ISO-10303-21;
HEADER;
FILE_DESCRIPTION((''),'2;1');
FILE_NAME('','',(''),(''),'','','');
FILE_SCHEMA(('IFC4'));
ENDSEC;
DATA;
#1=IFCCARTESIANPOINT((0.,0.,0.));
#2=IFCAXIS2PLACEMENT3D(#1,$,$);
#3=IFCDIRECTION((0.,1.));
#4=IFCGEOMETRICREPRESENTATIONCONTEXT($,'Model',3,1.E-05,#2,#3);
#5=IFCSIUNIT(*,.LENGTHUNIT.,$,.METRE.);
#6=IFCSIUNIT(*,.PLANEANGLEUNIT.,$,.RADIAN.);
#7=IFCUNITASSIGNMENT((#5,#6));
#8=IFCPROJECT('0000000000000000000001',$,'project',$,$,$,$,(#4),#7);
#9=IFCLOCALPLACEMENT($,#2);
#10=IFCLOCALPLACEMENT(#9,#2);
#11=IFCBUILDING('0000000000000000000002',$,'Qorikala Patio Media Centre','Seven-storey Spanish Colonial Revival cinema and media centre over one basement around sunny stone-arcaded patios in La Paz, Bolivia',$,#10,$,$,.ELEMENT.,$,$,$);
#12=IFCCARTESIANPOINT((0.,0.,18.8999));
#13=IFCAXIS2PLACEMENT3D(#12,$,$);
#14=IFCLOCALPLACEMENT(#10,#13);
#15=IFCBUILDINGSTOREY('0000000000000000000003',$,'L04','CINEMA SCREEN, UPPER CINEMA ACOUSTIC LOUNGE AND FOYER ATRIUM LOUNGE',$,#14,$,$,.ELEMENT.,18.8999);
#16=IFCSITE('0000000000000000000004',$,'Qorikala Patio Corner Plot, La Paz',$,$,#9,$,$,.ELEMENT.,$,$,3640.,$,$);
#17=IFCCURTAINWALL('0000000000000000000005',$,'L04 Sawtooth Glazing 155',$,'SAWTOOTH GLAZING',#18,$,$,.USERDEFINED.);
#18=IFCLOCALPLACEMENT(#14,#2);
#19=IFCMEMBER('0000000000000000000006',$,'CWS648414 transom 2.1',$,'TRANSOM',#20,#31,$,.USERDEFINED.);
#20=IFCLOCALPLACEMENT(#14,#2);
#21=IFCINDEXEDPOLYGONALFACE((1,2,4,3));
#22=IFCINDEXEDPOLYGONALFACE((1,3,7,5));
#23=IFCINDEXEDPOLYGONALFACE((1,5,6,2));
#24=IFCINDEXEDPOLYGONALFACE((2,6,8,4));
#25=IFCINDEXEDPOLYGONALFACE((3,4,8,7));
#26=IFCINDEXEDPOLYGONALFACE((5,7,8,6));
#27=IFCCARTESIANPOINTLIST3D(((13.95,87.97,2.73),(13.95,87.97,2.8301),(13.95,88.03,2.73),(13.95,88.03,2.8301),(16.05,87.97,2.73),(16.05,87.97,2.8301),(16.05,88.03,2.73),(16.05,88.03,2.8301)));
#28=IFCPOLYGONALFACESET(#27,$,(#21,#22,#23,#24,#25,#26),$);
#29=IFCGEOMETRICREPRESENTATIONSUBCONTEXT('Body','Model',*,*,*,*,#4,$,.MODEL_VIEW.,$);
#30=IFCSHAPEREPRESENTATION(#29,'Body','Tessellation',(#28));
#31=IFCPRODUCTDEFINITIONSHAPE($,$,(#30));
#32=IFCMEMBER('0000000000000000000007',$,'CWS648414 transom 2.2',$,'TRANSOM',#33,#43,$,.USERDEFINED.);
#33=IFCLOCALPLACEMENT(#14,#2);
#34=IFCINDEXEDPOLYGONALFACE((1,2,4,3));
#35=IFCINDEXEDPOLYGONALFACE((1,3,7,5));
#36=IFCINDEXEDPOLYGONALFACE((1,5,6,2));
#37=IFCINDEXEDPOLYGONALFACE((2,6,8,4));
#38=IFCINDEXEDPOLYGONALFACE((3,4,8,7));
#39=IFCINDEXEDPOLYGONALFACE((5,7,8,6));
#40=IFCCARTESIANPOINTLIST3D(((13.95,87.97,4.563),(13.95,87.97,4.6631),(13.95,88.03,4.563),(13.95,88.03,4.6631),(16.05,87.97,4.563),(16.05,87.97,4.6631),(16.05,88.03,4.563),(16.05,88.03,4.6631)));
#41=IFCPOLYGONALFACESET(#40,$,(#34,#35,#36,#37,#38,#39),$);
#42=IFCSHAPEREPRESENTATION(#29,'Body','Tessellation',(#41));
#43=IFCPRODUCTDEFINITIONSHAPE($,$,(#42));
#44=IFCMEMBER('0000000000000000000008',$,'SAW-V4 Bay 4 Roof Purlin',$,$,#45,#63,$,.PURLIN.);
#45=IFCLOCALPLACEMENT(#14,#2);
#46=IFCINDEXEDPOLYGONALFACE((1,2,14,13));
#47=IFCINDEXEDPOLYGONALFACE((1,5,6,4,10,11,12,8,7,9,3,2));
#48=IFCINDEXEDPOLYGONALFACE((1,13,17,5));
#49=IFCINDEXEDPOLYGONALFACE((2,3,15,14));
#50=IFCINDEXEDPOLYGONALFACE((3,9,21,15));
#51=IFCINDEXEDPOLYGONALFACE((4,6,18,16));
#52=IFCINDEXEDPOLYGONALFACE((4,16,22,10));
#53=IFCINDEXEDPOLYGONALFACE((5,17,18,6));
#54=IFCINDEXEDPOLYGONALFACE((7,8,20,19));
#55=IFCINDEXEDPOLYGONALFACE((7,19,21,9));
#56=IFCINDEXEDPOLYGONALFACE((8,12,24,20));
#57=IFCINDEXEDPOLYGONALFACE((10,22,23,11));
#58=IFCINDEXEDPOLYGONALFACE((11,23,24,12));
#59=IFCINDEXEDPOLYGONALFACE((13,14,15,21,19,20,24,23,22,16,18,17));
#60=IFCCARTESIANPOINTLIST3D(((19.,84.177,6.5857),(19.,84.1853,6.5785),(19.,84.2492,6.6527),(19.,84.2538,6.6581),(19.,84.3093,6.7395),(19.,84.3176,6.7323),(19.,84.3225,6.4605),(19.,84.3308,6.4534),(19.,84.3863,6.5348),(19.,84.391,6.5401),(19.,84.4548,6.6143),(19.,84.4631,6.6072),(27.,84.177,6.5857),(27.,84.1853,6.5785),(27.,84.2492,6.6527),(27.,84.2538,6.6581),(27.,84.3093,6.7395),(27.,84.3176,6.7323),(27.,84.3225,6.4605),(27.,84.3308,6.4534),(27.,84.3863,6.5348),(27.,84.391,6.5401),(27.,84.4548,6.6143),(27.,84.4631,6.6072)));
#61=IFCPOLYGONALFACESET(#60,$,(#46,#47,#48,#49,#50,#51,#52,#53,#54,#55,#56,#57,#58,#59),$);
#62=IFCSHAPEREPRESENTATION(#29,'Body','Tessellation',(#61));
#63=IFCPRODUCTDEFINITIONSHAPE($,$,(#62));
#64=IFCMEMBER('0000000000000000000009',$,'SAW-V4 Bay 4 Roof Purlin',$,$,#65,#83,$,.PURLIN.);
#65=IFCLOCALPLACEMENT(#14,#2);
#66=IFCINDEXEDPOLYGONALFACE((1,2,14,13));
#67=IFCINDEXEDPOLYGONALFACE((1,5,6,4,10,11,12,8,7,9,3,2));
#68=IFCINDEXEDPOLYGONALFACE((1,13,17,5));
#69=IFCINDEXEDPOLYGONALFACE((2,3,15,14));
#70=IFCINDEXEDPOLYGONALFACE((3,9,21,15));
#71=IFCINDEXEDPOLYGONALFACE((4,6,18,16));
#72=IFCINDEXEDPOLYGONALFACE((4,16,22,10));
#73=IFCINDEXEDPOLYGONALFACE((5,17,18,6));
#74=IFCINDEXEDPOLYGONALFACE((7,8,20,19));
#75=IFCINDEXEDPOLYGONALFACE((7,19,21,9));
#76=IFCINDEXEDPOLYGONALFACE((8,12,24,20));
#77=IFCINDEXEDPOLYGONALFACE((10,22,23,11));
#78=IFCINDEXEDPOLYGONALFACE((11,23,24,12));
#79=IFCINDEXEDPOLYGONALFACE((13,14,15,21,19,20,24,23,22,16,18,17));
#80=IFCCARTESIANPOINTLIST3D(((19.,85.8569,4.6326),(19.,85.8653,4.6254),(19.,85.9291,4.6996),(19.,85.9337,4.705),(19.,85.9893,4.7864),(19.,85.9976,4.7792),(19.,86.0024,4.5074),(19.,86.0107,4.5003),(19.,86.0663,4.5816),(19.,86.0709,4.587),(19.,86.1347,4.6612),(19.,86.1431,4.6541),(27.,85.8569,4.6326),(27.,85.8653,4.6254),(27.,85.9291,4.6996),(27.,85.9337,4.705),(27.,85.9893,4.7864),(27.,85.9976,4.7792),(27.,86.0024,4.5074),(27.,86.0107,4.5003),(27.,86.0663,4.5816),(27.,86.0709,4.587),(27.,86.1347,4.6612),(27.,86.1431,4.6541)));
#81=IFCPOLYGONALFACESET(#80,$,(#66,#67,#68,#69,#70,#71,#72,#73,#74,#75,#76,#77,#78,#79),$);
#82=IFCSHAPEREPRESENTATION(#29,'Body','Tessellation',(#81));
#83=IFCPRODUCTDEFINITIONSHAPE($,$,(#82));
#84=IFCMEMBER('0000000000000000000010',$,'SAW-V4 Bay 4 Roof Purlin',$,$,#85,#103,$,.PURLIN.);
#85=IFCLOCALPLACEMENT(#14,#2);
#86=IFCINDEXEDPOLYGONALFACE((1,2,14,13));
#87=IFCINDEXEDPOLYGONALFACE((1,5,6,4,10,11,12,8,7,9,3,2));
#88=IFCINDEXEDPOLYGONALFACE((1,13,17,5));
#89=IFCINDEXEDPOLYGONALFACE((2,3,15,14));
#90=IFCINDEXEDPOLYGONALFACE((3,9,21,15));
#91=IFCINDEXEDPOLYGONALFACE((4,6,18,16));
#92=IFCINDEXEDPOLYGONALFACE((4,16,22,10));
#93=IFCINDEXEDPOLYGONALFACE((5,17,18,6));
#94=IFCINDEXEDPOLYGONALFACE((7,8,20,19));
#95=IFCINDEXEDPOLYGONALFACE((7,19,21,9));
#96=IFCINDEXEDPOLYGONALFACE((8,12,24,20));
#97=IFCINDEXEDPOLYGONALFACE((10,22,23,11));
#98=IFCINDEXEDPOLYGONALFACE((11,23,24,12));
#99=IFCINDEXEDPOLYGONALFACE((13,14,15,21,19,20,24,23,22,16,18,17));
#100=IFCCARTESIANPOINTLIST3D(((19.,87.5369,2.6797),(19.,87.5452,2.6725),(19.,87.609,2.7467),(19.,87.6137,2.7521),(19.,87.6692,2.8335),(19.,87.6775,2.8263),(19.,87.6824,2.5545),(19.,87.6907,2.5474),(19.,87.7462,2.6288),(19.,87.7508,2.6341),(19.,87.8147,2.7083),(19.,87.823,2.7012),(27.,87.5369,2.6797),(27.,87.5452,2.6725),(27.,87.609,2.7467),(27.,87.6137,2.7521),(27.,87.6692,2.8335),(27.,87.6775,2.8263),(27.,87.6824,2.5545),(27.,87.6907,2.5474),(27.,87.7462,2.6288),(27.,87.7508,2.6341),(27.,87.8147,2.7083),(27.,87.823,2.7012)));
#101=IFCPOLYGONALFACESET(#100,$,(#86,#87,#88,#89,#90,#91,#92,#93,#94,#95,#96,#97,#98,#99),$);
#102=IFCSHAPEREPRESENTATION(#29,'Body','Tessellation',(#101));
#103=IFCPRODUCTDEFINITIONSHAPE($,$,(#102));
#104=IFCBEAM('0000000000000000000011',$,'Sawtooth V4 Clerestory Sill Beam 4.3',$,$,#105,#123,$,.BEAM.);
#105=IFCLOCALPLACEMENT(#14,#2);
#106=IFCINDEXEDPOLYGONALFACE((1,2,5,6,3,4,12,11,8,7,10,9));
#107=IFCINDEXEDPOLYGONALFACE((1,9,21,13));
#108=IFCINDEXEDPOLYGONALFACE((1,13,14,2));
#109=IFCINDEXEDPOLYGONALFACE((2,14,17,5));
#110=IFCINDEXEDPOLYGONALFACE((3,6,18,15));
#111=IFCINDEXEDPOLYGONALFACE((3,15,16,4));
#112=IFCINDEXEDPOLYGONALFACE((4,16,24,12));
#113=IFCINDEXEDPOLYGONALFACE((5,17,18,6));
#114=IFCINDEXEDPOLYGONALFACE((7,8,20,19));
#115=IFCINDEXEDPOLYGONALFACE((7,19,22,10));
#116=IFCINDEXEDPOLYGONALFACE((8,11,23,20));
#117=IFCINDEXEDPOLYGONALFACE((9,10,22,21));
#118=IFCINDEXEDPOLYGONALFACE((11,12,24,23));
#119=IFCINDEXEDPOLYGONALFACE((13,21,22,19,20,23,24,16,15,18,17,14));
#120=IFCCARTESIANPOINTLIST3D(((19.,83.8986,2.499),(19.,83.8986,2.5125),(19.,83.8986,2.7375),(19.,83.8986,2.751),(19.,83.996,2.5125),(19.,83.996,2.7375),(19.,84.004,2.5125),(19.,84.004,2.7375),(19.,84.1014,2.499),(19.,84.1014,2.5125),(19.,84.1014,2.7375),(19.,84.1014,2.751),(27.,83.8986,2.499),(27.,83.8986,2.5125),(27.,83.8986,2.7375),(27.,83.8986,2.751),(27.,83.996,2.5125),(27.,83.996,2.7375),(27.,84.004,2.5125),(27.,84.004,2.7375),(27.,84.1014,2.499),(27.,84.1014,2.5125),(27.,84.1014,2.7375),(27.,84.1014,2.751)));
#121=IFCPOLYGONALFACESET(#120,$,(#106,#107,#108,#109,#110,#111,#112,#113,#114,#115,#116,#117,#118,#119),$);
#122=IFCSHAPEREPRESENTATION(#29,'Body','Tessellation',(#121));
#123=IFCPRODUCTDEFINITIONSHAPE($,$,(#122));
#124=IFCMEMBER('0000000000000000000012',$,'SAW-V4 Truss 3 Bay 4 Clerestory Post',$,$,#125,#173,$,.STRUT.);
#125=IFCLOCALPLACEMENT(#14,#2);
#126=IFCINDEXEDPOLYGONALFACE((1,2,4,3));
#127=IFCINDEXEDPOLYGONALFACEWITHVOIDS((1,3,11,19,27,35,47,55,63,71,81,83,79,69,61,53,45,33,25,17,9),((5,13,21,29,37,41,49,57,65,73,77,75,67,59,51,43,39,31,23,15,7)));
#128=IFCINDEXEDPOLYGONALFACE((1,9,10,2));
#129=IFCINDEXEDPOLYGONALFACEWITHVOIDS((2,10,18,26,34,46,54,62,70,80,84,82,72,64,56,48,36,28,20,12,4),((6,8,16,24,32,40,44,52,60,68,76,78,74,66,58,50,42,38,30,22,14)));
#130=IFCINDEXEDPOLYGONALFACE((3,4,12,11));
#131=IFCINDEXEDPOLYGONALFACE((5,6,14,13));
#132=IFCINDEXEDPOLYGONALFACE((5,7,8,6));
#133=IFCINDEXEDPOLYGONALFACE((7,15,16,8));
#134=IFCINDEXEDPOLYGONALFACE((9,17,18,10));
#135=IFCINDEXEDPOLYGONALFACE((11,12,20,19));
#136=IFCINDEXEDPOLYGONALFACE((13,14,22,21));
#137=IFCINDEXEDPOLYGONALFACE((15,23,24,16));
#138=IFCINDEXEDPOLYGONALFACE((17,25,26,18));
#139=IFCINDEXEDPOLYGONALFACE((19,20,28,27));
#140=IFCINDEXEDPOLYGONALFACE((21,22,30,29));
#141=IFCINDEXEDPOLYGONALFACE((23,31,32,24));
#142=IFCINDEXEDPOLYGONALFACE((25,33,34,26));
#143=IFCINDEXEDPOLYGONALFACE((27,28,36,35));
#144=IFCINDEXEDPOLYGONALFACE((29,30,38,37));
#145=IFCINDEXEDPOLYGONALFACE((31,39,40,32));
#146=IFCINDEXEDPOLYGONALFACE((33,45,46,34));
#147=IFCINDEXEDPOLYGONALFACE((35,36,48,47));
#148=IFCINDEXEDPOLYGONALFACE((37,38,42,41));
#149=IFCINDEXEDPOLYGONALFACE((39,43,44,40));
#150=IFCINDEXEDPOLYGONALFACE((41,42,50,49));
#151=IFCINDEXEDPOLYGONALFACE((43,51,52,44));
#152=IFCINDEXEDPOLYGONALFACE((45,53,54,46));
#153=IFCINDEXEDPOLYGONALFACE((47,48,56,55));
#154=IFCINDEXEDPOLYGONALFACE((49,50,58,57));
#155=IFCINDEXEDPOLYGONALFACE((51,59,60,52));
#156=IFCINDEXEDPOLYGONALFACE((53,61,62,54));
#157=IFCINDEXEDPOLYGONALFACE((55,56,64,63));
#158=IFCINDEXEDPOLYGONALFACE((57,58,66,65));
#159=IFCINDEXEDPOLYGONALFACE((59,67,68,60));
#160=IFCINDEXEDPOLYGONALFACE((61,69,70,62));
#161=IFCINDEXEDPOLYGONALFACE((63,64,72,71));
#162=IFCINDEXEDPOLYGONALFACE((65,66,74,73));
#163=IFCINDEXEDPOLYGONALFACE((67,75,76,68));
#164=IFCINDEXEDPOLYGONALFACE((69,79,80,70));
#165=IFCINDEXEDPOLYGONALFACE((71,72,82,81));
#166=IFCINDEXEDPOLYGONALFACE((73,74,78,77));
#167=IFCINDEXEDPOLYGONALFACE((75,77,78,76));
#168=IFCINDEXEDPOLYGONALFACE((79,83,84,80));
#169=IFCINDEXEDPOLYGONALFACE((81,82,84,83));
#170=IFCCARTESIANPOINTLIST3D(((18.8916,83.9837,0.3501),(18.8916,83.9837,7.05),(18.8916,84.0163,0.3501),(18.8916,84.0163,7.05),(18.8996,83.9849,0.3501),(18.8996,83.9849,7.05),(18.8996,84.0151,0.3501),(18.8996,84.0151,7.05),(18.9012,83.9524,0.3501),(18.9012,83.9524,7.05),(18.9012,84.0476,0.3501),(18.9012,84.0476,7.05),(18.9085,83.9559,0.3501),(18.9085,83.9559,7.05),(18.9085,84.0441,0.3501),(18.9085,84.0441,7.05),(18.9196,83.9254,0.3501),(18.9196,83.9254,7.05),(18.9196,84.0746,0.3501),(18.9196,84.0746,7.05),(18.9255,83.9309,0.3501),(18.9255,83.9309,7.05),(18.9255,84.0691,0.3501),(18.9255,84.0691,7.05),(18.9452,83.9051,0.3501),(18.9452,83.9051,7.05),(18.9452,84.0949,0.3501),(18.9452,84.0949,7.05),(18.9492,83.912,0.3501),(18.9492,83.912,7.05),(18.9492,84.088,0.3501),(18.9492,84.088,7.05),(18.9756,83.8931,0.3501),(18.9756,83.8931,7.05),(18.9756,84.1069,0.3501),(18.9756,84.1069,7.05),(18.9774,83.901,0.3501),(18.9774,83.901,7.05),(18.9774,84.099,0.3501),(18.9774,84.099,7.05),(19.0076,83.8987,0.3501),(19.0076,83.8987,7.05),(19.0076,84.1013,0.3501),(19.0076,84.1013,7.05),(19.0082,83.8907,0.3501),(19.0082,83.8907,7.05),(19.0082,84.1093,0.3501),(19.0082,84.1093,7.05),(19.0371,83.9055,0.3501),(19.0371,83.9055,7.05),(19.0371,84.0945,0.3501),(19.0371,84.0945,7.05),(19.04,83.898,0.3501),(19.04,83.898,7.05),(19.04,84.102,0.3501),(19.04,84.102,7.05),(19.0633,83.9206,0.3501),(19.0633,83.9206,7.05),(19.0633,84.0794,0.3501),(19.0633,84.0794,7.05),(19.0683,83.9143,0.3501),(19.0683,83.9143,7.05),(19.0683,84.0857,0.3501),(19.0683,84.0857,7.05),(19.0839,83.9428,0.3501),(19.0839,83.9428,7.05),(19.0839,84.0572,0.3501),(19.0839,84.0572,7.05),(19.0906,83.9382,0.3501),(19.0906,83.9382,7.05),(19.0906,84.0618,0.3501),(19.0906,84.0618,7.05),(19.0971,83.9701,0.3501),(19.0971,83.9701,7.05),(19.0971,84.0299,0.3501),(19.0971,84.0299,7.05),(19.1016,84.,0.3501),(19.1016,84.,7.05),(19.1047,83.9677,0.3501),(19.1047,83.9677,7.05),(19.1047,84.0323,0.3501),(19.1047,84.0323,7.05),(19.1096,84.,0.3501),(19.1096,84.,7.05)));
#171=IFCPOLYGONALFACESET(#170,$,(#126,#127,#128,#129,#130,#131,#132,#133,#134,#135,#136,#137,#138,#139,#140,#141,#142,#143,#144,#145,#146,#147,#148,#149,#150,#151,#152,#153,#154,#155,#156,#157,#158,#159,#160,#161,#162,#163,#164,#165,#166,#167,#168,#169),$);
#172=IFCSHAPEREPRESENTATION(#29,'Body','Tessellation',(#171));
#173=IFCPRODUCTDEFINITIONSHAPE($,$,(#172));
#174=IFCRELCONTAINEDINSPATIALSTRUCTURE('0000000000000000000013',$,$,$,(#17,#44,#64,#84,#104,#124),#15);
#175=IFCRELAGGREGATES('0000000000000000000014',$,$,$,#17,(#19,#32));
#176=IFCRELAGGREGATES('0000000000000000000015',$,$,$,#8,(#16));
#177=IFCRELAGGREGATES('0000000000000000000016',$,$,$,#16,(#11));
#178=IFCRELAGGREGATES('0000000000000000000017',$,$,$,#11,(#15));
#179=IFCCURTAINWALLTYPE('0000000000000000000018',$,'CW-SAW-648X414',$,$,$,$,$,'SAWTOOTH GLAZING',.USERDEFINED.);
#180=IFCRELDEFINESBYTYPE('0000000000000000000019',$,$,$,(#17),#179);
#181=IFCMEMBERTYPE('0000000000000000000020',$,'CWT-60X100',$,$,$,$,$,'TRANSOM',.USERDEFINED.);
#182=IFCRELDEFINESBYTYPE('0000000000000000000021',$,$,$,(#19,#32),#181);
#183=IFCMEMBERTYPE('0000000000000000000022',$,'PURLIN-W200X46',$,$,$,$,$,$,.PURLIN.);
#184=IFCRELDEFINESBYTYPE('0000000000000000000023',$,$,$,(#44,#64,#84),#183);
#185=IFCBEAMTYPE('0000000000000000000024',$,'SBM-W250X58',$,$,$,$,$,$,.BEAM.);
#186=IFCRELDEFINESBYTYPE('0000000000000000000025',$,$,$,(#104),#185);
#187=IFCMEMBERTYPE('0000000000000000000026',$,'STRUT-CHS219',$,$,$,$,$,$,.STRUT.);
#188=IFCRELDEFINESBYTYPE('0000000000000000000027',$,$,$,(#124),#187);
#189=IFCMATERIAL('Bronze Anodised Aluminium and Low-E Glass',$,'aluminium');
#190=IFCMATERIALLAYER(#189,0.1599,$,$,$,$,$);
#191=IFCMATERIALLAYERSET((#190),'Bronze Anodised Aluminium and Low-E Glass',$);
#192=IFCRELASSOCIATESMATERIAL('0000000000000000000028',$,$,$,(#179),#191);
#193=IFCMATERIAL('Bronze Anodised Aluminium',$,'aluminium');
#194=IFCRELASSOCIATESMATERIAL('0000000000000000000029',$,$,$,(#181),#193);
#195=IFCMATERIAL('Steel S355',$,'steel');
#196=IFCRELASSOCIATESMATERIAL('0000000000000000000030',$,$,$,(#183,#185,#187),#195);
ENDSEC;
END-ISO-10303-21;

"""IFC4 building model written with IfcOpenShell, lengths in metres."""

from ifc_helpers import new_model, si_unit, direction, frame, origin, origin_2d, place, context, subcontext, project, spatial, rectangle, hollow_circle, i_section, extrude, material, layer, layer_set, material_profile, profile_set, type_object, element, aggregate, save


model = new_model("IFC4")

# Units and contexts
model_context = context("Model", 3, precision=1e-05, world=origin(), true_north=direction((0.0, 1.0)))
body_context = subcontext(model_context, "Body", "Model", "MODEL_VIEW")
ifc_project = project(units=[si_unit("LENGTHUNIT", "METRE"), si_unit("PLANEANGLEUNIT", "RADIAN")], contexts=[model_context])

# Site, building, storey
site_placement = place(None, origin())
site = spatial("IfcSite", under=ifc_project, at=site_placement, Name="Qorikala Patio Corner Plot, La Paz", CompositionType="ELEMENT", RefElevation=3640.0)
building_placement = place(site_placement, origin())
building = spatial("IfcBuilding", under=site, at=building_placement, Name="Qorikala Patio Media Centre", Description="Seven-storey Spanish Colonial Revival cinema and media centre over one basement around sunny stone-arcaded patios in La Paz, Bolivia", CompositionType="ELEMENT")
storey_placement = place(building_placement, frame((0.0, 0.0, 18.8999)))
storey = spatial("IfcBuildingStorey", under=building, at=storey_placement, Name="L04", Description="CINEMA SCREEN, UPPER CINEMA ACOUSTIC LOUNGE AND FOYER ATRIUM LOUNGE", CompositionType="ELEMENT", Elevation=18.8999)

# Shared definitions
ifc_material_1 = material(Name="Steel S355", Category="steel")

# Shared definitions
ifc_material_2 = material(Name="Bronze Anodised Aluminium and Low-E Glass", Category="aluminium")
ifc_material_3 = material(Name="Bronze Anodised Aluminium", Category="aluminium")

# Curtain wall
ifc_layer_1 = layer(ifc_material_2, 0.1599)
ifc_layer_set_1 = layer_set([ifc_layer_1], Name="Bronze Anodised Aluminium and Low-E Glass")
curtain_wall_type_1 = type_object("IfcCurtainWallType", Name="CW-SAW-648X414", ElementType="SAWTOOTH GLAZING", PredefinedType="USERDEFINED", material=ifc_layer_set_1)
curtain_wall_1_placement = place(storey_placement, origin())
curtain_wall_1 = element("IfcCurtainWall", 1, at=curtain_wall_1_placement, inside=storey, type_object=curtain_wall_type_1, Name="L04 Sawtooth Glazing 155", ObjectType="SAWTOOTH GLAZING", PredefinedType="USERDEFINED")

# Members
ifc_material_profile_1 = material_profile(ifc_material_3, rectangle(XDim=0.0601, YDim=0.1001, at=origin_2d()), Name="ALU TRANSOM 60x100")
ifc_profile_set_1 = profile_set([ifc_material_profile_1], Name="Bronze Anodised Aluminium")
member_type_1 = type_object("IfcMemberType", Name="CWT-60X100", ElementType="TRANSOM", PredefinedType="USERDEFINED", material=ifc_profile_set_1)
member_1_placement = place(storey_placement, frame((13.95, 88.0, 2.78), z_axis=(1.0, 0.0, 0.0), x_axis=(0.0, 1.0, 0.0)))
member_1 = element("IfcMember", 2, at=member_1_placement, type_object=member_type_1, Name="CWS648414 transom 2.1", ObjectType="TRANSOM", PredefinedType="USERDEFINED", context=body_context, shape_type="SweptSolid", body=[
    extrude(rectangle(XDim=0.0601, YDim=0.1001, at=origin_2d()), origin(), (0.0, 0.0, 1.0), 2.1001),
])
member_2_placement = place(storey_placement, frame((13.95, 88.0, 4.613), z_axis=(1.0, 0.0, 0.0), x_axis=(0.0, 1.0, 0.0)))
member_2 = element("IfcMember", 3, at=member_2_placement, type_object=member_type_1, Name="CWS648414 transom 2.2", ObjectType="TRANSOM", PredefinedType="USERDEFINED", context=body_context, shape_type="SweptSolid", body=[
    extrude(rectangle(XDim=0.0601, YDim=0.1001, at=origin_2d()), origin(), (0.0, 0.0, 1.0), 2.1001),
])
aggregate(curtain_wall_1, [member_1, member_2])

# Members
ifc_material_profile_2 = material_profile(ifc_material_1, i_section(OverallWidth=0.2029, OverallDepth=0.2029, WebThickness=0.0071, FlangeThickness=0.011, at=origin_2d()), Name="W200X46")
ifc_profile_set_2 = profile_set([ifc_material_profile_2], Name="Steel S355")
member_type_2 = type_object("IfcMemberType", Name="PURLIN-W200X46", PredefinedType="PURLIN", material=ifc_profile_set_2)
for number, where, z_axis, x_axis, name in (
    (4, (19.0, 84.3201, 6.5964), (1.0, 0.0, 0.0), (0.0, 0.652138, 0.7581), "SAW-V4 Bay 4 Roof Purlin"),
    (5, (19.0, 86.0, 4.6433), (1.0, 0.0, 0.0), (0.0, 0.652138, 0.7581), "SAW-V4 Bay 4 Roof Purlin"),
    (6, (19.0, 87.6799, 2.6904), (1.0, 0.0, 0.0), (0.0, 0.652138, 0.7581), "SAW-V4 Bay 4 Roof Purlin"),
):
    element("IfcMember", number, at=place(storey_placement, frame(where, z_axis=z_axis, x_axis=x_axis)), inside=storey, type_object=member_type_2, Name=name, PredefinedType="PURLIN", context=body_context, shape_type="SweptSolid", body=[
        extrude(i_section(OverallWidth=0.2029, OverallDepth=0.2029, WebThickness=0.0071, FlangeThickness=0.011, at=origin_2d()), origin(), (0.0, 0.0, 1.0), 8.0),
    ])

# Beam
ifc_material_profile_3 = material_profile(ifc_material_1, i_section(OverallWidth=0.2029, OverallDepth=0.252, WebThickness=0.0081, FlangeThickness=0.0134, at=origin_2d()), Name="W250X58")
ifc_profile_set_3 = profile_set([ifc_material_profile_3], Name="Steel S355")
beam_type = type_object("IfcBeamType", Name="SBM-W250X58", PredefinedType="BEAM", material=ifc_profile_set_3)
beam_placement = place(storey_placement, frame((19.0, 84.0, 2.625), z_axis=(1.0, 0.0, 0.0), x_axis=(0.0, 1.0, 0.0)))
element("IfcBeam", 7, at=beam_placement, inside=storey, type_object=beam_type, Name="Sawtooth V4 Clerestory Sill Beam 4.3", PredefinedType="BEAM", context=body_context, shape_type="SweptSolid", body=[
    extrude(i_section(OverallWidth=0.2029, OverallDepth=0.252, WebThickness=0.0081, FlangeThickness=0.0134, at=origin_2d()), origin(), (0.0, 0.0, 1.0), 8.0),
])

# Member
ifc_material_profile_4 = material_profile(ifc_material_1, hollow_circle(Radius=0.1096, WallThickness=0.0081, at=origin_2d()), Name="CHS219X8")
ifc_profile_set_4 = profile_set([ifc_material_profile_4], Name="Steel S355")
member_type_3 = type_object("IfcMemberType", Name="STRUT-CHS219", PredefinedType="STRUT", material=ifc_profile_set_4)
member_3_placement = place(storey_placement, frame((19.0, 84.0, 0.3501), z_axis=(0.0, 0.0, 1.0), x_axis=(1.0, 0.0, 0.0)))
element("IfcMember", 8, at=member_3_placement, inside=storey, type_object=member_type_3, Name="SAW-V4 Truss 3 Bay 4 Clerestory Post", PredefinedType="STRUT", context=body_context, shape_type="SweptSolid", body=[
    extrude(hollow_circle(Radius=0.1096, WallThickness=0.0081, at=origin_2d()), origin(), (0.0, 0.0, 1.0), 6.7),
])

save(model, "model.ifc")
